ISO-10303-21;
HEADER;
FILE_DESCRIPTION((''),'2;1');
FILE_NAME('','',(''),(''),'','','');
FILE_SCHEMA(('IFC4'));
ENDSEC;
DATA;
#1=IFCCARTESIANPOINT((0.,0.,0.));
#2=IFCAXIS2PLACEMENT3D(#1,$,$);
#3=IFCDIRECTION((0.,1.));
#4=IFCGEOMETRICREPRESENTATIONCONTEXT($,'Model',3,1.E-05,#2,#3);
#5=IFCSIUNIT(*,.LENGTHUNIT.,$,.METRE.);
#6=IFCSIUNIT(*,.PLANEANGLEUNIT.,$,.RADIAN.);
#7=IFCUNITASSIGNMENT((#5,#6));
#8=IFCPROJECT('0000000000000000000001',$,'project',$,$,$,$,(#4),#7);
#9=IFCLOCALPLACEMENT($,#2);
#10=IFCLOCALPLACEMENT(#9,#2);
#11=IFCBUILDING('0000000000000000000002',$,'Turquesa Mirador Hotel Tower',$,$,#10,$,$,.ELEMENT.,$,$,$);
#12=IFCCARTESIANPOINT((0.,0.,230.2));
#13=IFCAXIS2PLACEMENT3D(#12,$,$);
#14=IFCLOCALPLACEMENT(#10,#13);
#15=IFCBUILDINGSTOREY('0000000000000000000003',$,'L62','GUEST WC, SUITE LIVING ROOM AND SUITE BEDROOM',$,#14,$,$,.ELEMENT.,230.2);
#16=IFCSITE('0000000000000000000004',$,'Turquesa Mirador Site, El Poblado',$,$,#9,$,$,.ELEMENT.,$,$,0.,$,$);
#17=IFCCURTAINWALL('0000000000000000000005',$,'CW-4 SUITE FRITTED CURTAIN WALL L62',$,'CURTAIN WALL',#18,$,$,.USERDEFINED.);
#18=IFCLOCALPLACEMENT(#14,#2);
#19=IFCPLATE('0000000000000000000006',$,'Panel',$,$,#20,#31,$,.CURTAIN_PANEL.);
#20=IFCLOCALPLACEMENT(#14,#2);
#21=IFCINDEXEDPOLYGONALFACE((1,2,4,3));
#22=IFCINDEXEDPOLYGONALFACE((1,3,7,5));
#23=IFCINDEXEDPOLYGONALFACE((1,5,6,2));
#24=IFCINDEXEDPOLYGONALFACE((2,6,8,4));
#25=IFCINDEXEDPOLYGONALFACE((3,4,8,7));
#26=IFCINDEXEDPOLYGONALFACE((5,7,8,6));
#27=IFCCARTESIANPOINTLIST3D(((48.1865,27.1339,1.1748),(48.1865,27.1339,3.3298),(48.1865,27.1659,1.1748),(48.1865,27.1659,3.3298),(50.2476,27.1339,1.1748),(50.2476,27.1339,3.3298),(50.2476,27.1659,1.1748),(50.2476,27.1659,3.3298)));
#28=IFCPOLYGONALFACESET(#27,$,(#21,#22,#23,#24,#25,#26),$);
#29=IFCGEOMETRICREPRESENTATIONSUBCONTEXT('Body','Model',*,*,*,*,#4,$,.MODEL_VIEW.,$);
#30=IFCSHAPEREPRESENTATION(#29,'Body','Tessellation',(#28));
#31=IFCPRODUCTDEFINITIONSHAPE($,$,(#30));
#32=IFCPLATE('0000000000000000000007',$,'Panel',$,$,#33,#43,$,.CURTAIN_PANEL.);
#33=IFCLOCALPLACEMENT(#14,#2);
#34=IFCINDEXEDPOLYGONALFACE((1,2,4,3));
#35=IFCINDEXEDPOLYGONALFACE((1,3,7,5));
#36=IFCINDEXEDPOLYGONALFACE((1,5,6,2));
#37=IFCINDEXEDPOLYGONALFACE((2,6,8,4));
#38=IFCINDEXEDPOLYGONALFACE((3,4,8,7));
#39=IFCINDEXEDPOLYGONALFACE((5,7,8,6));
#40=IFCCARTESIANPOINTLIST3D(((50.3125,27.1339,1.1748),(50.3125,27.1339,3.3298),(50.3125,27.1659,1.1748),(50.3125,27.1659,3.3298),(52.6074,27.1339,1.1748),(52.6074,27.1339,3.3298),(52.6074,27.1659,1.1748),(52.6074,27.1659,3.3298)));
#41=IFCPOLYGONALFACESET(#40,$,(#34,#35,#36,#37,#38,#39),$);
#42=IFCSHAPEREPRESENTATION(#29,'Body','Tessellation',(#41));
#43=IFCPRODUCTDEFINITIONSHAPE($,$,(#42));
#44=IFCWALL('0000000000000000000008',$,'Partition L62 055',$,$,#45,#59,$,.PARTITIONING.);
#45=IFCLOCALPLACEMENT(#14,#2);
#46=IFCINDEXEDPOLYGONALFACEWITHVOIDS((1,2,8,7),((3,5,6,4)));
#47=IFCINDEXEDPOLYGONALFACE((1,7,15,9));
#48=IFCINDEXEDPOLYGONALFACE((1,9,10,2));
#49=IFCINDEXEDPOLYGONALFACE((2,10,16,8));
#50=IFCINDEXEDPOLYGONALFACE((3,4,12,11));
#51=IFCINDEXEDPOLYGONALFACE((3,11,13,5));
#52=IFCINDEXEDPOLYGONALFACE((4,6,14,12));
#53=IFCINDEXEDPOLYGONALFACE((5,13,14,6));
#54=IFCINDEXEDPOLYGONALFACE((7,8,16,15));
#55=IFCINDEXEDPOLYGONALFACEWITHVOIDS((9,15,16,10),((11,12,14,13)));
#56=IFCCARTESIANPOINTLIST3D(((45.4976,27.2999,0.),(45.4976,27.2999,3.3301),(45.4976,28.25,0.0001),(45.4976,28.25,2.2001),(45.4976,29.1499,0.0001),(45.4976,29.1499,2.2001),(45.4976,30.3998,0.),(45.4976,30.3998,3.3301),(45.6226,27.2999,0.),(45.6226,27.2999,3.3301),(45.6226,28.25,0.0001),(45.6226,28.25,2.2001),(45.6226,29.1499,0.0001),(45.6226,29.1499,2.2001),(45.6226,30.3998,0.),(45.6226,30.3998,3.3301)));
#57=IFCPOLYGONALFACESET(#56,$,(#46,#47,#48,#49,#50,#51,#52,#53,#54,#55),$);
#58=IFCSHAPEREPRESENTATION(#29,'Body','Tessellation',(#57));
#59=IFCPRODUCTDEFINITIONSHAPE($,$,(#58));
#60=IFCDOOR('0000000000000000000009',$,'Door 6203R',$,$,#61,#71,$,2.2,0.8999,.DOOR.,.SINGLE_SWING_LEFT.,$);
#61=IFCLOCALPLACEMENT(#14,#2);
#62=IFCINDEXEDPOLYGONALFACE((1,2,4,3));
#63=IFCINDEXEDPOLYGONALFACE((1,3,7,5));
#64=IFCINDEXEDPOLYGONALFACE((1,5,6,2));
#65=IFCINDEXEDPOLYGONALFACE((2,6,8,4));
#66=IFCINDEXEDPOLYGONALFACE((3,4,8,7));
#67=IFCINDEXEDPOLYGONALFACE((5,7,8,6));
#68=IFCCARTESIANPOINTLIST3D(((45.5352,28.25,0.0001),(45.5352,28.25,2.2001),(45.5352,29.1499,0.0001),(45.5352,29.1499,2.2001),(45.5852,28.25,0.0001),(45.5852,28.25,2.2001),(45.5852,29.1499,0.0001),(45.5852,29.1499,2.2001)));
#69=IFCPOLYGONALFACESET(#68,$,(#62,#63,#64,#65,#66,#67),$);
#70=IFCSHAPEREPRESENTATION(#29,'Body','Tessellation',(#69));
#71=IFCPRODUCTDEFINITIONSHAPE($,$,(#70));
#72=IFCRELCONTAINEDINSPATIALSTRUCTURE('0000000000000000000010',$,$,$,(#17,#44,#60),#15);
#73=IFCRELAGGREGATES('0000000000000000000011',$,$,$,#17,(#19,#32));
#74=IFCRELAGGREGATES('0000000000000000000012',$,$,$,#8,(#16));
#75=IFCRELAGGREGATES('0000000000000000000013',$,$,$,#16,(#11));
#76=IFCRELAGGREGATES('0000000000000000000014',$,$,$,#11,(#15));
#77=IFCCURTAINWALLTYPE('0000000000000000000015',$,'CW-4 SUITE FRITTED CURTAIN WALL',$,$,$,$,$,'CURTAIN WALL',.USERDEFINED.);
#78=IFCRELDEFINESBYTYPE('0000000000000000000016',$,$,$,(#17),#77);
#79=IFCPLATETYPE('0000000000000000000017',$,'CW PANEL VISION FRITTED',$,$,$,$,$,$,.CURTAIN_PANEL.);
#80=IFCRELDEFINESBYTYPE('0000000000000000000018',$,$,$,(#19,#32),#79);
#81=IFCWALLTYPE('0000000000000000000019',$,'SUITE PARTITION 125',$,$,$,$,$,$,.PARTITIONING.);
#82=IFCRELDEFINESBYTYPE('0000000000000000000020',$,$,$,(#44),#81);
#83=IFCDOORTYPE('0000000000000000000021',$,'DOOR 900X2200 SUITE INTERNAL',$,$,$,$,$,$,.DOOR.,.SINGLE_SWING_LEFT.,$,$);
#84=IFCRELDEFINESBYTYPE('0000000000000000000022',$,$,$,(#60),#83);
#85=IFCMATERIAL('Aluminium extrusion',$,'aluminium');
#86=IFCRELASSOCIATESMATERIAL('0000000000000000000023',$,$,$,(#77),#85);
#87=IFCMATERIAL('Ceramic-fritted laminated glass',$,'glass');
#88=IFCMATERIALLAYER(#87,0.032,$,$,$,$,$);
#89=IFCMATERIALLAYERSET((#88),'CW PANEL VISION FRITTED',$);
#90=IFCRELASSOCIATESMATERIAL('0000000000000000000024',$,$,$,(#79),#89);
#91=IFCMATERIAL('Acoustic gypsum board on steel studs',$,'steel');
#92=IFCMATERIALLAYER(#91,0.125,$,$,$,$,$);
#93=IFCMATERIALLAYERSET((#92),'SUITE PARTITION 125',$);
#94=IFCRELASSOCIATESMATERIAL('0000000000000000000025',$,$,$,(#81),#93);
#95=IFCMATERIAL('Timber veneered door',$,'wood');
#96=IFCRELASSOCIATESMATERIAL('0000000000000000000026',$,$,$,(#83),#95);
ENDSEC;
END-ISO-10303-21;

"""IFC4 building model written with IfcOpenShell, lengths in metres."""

from ifc_helpers import new_model, si_unit, direction, frame, frame_2d, origin, origin_2d, place, context, subcontext, project, spatial, rectangle, extrude, material, layer, layer_set, type_object, element, fill, aggregate, save


model = new_model("IFC4")

# Units and contexts
model_context = context("Model", 3, precision=1e-05, world=origin(), true_north=direction((0.0, 1.0)))
body_context = subcontext(model_context, "Body", "Model", "MODEL_VIEW")
ifc_project = project(units=[si_unit("LENGTHUNIT", "METRE"), si_unit("PLANEANGLEUNIT", "RADIAN")], contexts=[model_context])

# Site, building, storey
site_placement = place(None, origin())
site = spatial("IfcSite", under=ifc_project, at=site_placement, Name="Turquesa Mirador Site, El Poblado", CompositionType="ELEMENT", RefElevation=0.0)
building_placement = place(site_placement, origin())
building = spatial("IfcBuilding", under=site, at=building_placement, Name="Turquesa Mirador Hotel Tower", CompositionType="ELEMENT")
storey_placement = place(building_placement, frame((0.0, 0.0, 230.2)))
storey = spatial("IfcBuildingStorey", under=building, at=storey_placement, Name="L62", Description="GUEST WC, SUITE LIVING ROOM AND SUITE BEDROOM", CompositionType="ELEMENT", Elevation=230.2)

# Shared definitions
ifc_material_1 = material(Name="Aluminium extrusion", Category="aluminium")
curtain_wall_type = type_object("IfcCurtainWallType", Name="CW-4 SUITE FRITTED CURTAIN WALL", ElementType="CURTAIN WALL", PredefinedType="USERDEFINED", material=ifc_material_1)

# Curtain wall
curtain_wall_1_placement = place(storey_placement, origin())
curtain_wall_1 = element("IfcCurtainWall", 1, at=curtain_wall_1_placement, inside=storey, type_object=curtain_wall_type, Name="CW-4 SUITE FRITTED CURTAIN WALL L62", ObjectType="CURTAIN WALL", PredefinedType="USERDEFINED")

# Plates
ifc_material_2 = material(Name="Ceramic-fritted laminated glass", Category="glass")
ifc_layer_1 = layer(ifc_material_2, 0.032)
ifc_layer_set_1 = layer_set([ifc_layer_1], Name="CW PANEL VISION FRITTED")
plate_type_1 = type_object("IfcPlateType", Name="CW PANEL VISION FRITTED", PredefinedType="CURTAIN_PANEL", material=ifc_layer_set_1)
plate_1_placement = place(storey_placement, frame((49.217, 27.1499, 1.1748), z_axis=(0.0, 0.0, 1.0), x_axis=(1.0, 0.0, 0.0)))
plate_1 = element("IfcPlate", 2, at=plate_1_placement, type_object=plate_type_1, Name="Panel", PredefinedType="CURTAIN_PANEL", context=body_context, shape_type="SweptSolid", body=[
    extrude(rectangle(XDim=2.061, YDim=0.032, at=origin_2d()), origin(), (0.0, 0.0, 1.0), 2.155),
])
plate_2_placement = place(storey_placement, frame((51.46, 27.1499, 1.1748), z_axis=(0.0, 0.0, 1.0), x_axis=(1.0, 0.0, 0.0)))
plate_2 = element("IfcPlate", 3, at=plate_2_placement, type_object=plate_type_1, Name="Panel", PredefinedType="CURTAIN_PANEL", context=body_context, shape_type="SweptSolid", body=[
    extrude(rectangle(XDim=2.2949, YDim=0.032, at=origin_2d()), origin(), (0.0, 0.0, 1.0), 2.155),
])
aggregate(curtain_wall_1, [plate_1, plate_2])

# Wall, opening, door
ifc_material_3 = material(Name="Acoustic gypsum board on steel studs", Category="steel")
ifc_layer_2 = layer(ifc_material_3, 0.125)
ifc_layer_set_2 = layer_set([ifc_layer_2], Name="SUITE PARTITION 125")
wall_type = type_object("IfcWallType", Name="SUITE PARTITION 125", PredefinedType="PARTITIONING", material=ifc_layer_set_2)
wall_placement = place(storey_placement, frame((45.5601, 27.3, 0.0), z_axis=(0.0, 0.0, 1.0), x_axis=(0.0, 1.0, 0.0)))
wall = element("IfcWall", 4, at=wall_placement, inside=storey, type_object=wall_type, Name="Partition L62 055", PredefinedType="PARTITIONING", context=body_context, shape_type="SweptSolid", body=[
    extrude(rectangle(XDim=3.0999, YDim=0.125, at=frame_2d((1.5498, 0.0))), origin(), (0.0, 0.0, 1.0), 3.3301),
])
opening_placement = place(wall_placement, frame((0.95, 0.0, 0.0)))
opening = element("IfcOpeningElement", 5, at=opening_placement, cuts=wall, PredefinedType="OPENING", context=body_context, shape_type="SweptSolid", body=[
    extrude(rectangle(XDim=0.8999, YDim=2.2, at=frame_2d((0.45, 1.1001))), frame((0.0, 0.0725, 0.0), z_axis=(0.0, -1.0, 0.0), x_axis=(1.0, 0.0, 0.0)), (0.0, 0.0, 1.0), 0.145),
])
ifc_material_4 = material(Name="Timber veneered door", Category="wood")
door_type = type_object("IfcDoorType", Name="DOOR 900X2200 SUITE INTERNAL", OperationType="SINGLE_SWING_LEFT", PredefinedType="DOOR", material=ifc_material_4)
door_placement = place(opening_placement, origin())
door = element("IfcDoor", 6, at=door_placement, inside=storey, type_object=door_type, Name="Door 6203R", OperationType="SINGLE_SWING_LEFT", OverallHeight=2.2, OverallWidth=0.8999, PredefinedType="DOOR", context=body_context, shape_type="SweptSolid", body=[
    extrude(rectangle(XDim=0.8999, YDim=2.2, at=frame_2d((0.45, 1.1001))), frame((0.0, 0.0249, 0.0), z_axis=(0.0, -1.0, 0.0), x_axis=(1.0, 0.0, 0.0)), (0.0, 0.0, 1.0), 0.05),
])
fill(opening, door)

save(model, "model.ifc")
